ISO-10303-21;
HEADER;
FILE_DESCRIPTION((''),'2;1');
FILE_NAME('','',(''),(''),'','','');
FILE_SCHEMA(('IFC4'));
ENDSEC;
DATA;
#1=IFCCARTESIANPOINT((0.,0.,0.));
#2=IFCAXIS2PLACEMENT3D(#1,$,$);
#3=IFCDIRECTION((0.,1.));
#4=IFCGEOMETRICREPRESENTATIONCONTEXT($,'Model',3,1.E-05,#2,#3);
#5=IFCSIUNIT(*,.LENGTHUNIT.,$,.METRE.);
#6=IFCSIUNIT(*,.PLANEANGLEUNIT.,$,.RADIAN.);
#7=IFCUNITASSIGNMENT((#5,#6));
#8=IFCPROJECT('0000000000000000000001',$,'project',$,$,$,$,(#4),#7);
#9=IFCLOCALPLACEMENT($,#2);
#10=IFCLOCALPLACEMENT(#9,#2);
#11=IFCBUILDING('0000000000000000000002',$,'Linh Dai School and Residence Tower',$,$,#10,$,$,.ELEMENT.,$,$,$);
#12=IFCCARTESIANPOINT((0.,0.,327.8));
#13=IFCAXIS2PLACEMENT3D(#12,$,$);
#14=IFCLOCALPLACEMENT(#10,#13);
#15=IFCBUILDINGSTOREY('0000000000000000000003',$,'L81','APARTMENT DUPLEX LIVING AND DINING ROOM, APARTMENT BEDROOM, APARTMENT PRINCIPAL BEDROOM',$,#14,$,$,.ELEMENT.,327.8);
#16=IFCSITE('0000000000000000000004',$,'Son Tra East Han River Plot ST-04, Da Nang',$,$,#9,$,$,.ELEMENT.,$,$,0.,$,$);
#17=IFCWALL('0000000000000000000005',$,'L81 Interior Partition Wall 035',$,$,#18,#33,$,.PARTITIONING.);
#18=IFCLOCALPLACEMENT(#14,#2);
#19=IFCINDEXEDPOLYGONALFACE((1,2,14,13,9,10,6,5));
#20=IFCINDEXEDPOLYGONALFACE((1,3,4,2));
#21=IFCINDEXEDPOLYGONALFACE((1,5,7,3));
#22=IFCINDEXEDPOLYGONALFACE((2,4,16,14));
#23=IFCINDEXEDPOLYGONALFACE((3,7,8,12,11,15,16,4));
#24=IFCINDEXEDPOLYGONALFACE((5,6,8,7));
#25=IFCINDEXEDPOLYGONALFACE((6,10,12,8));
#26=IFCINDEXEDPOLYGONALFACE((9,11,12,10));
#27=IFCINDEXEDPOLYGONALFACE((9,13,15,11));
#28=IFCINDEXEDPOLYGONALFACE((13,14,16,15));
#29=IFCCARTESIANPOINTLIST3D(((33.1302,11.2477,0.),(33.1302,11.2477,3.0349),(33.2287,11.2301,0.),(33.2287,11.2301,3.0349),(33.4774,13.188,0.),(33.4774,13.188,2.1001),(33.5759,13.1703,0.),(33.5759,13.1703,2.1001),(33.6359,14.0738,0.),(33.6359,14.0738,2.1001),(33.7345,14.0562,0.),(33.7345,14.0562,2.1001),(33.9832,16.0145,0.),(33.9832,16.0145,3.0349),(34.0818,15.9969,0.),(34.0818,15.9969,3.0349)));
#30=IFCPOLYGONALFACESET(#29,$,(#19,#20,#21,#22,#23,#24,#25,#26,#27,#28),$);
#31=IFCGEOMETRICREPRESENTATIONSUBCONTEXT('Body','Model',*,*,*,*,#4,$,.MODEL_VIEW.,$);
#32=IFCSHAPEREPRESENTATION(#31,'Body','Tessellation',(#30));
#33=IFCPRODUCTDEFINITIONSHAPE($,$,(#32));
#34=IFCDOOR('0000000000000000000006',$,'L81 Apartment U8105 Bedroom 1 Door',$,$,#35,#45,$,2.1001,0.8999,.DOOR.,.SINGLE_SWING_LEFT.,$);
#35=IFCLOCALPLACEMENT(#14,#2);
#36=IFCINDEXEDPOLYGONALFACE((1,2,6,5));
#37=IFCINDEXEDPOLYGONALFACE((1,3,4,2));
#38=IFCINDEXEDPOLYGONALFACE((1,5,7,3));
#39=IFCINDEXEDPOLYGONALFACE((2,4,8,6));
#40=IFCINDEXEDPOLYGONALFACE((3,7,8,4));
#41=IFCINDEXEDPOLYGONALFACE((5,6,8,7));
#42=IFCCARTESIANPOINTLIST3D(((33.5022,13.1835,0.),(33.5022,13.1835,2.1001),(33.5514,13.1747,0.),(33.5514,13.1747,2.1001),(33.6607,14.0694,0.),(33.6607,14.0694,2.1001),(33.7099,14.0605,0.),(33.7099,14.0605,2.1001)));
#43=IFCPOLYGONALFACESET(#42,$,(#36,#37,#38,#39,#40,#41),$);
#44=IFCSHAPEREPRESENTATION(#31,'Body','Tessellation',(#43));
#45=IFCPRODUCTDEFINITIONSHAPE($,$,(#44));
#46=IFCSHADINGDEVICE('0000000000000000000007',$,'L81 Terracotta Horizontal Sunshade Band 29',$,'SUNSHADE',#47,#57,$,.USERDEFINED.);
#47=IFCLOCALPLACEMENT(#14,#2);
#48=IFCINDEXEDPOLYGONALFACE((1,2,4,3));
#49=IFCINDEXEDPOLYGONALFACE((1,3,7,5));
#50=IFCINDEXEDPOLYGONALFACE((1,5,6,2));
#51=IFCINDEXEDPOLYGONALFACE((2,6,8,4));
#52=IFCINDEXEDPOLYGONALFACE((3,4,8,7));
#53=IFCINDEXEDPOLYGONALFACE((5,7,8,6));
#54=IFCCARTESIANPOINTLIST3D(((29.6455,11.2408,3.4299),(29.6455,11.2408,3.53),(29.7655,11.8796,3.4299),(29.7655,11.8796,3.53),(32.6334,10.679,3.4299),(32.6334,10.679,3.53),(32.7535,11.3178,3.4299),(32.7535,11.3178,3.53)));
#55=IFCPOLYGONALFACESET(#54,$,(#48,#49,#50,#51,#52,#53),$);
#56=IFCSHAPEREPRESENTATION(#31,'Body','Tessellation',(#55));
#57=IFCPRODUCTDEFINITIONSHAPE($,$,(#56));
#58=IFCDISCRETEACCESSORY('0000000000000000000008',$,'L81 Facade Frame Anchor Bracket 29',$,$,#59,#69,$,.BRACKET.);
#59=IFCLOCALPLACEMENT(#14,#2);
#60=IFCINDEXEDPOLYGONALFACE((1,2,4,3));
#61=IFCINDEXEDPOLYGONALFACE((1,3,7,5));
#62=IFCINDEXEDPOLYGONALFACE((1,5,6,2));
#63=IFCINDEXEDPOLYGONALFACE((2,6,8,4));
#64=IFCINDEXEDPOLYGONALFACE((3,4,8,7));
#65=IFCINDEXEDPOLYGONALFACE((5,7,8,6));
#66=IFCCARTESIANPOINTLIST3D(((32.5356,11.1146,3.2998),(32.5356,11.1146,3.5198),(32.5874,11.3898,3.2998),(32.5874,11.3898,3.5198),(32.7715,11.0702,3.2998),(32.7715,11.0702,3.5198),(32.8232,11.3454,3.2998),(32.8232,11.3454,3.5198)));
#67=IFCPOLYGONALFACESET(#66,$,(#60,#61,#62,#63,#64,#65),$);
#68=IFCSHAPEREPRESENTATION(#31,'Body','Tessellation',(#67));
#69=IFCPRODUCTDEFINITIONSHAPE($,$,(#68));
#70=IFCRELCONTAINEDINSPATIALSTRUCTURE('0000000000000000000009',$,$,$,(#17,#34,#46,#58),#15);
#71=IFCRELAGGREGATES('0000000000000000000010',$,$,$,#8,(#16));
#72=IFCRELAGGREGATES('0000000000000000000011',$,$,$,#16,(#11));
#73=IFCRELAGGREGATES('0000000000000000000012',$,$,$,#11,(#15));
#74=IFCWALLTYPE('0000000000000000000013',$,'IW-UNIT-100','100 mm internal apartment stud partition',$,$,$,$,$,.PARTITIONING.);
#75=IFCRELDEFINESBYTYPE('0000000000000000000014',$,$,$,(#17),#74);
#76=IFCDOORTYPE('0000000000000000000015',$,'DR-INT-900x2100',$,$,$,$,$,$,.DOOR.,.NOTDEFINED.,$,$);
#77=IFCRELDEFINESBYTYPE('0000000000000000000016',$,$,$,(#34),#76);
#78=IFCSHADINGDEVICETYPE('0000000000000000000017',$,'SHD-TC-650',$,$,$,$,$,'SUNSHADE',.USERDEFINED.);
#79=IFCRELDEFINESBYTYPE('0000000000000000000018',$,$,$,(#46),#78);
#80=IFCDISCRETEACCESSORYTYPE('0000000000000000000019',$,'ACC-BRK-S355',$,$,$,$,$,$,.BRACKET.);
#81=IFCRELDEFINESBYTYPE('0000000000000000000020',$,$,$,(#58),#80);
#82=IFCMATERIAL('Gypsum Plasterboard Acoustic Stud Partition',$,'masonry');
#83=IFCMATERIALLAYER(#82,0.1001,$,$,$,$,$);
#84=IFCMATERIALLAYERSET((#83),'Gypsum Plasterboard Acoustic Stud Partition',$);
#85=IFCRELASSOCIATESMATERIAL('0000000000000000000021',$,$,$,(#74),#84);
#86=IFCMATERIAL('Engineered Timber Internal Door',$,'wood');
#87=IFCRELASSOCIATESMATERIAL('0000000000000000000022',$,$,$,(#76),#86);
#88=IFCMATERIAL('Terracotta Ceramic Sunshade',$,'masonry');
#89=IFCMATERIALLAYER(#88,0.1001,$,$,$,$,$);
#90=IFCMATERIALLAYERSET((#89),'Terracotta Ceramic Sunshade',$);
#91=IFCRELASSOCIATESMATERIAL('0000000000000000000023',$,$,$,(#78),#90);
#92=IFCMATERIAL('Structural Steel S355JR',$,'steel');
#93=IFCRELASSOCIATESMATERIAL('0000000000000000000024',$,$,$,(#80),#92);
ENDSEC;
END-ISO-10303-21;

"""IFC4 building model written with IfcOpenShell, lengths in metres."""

from ifc_helpers import new_model, si_unit, direction, frame, frame_2d, origin, origin_2d, place, context, subcontext, project, spatial, rectangle, extrude, source, transform, mapped, material, layer, layer_set, type_object, element, fill, save


model = new_model("IFC4")

# Units and contexts
model_context = context("Model", 3, precision=1e-05, world=origin(), true_north=direction((0.0, 1.0)))
body_context = subcontext(model_context, "Body", "Model", "MODEL_VIEW")
ifc_project = project(units=[si_unit("LENGTHUNIT", "METRE"), si_unit("PLANEANGLEUNIT", "RADIAN")], contexts=[model_context])

# Site, building, storey
site_placement = place(None, origin())
site = spatial("IfcSite", under=ifc_project, at=site_placement, Name="Son Tra East Han River Plot ST-04, Da Nang", CompositionType="ELEMENT", RefElevation=0.0)
building_placement = place(site_placement, origin())
building = spatial("IfcBuilding", under=site, at=building_placement, Name="Linh Dai School and Residence Tower", CompositionType="ELEMENT")
storey_placement = place(building_placement, frame((0.0, 0.0, 327.8)))
storey = spatial("IfcBuildingStorey", under=building, at=storey_placement, Name="L81", Description="APARTMENT DUPLEX LIVING AND DINING ROOM, APARTMENT BEDROOM, APARTMENT PRINCIPAL BEDROOM", CompositionType="ELEMENT", Elevation=327.8)

# Shared definitions
ifc_material_1 = material(Name="Structural Steel S355JR", Category="steel")

# Shared definitions
ifc_material_2 = material(Name="Gypsum Plasterboard Acoustic Stud Partition", Category="masonry")
ifc_layer_1 = layer(ifc_material_2, 0.1001)
ifc_layer_set_1 = layer_set([ifc_layer_1], Name="Gypsum Plasterboard Acoustic Stud Partition")
wall_type_1 = type_object("IfcWallType", Name="IW-UNIT-100", Description="100 mm internal apartment stud partition", PredefinedType="PARTITIONING", material=ifc_layer_set_1)

# Wall, opening, door
wall_1_placement = place(storey_placement, frame((33.1794, 11.2388, 0.0), z_axis=(0.0, 0.0, 1.0), x_axis=(0.176152, 0.984363, 0.0)))
wall_1 = element("IfcWall", 1, at=wall_1_placement, inside=storey, type_object=wall_type_1, Name="L81 Interior Partition Wall 035", PredefinedType="PARTITIONING", context=body_context, shape_type="SweptSolid", body=[
    extrude(rectangle(XDim=4.8425, YDim=0.1001, at=frame_2d((2.4214, 0.0))), origin(), (0.0, 0.0, 1.0), 3.0349),
])
opening_1_placement = place(wall_1_placement, frame((1.9712, 0.0, 0.0)))
opening_1 = element("IfcOpeningElement", 2, at=opening_1_placement, cuts=wall_1, PredefinedType="OPENING", context=body_context, shape_type="SweptSolid", body=[
    extrude(rectangle(XDim=0.8999, YDim=2.1001, at=origin_2d()), frame((0.45, 0.0601, 1.05), z_axis=(0.0, -1.0, 0.0), x_axis=(1.0, 0.0, 0.0)), (0.0, 0.0, 1.0), 0.1201),
])
ifc_material_3 = material(Name="Engineered Timber Internal Door", Category="wood")
door_type = type_object("IfcDoorType", Name="DR-INT-900x2100", OperationType="NOTDEFINED", PredefinedType="DOOR", material=ifc_material_3)
shared_shape_1 = source(origin(), body_context, "Body", "SweptSolid", [
    extrude(rectangle(XDim=0.8999, YDim=2.1001, at=origin_2d()), frame((0.45, 0.0249, 1.05), z_axis=(0.0, -1.0, 0.0), x_axis=(1.0, 0.0, 0.0)), (0.0, 0.0, 1.0), 0.05),
])
door_placement = place(opening_1_placement, origin())
door = element("IfcDoor", 3, at=door_placement, inside=storey, type_object=door_type, Name="L81 Apartment U8105 Bedroom 1 Door", OperationType="SINGLE_SWING_LEFT", OverallHeight=2.1001, OverallWidth=0.8999, PredefinedType="DOOR", context=body_context, shape_type="MappedRepresentation", body=[
    mapped(shared_shape_1, transform((0.0, 0.0, 0.0), x_axis=(1.0, 0.0, 0.0), y_axis=(0.0, 1.0, 0.0), z_axis=(0.0, 0.0, 1.0), scale=1.0)),
])
fill(opening_1, door)

# Shading device
ifc_material_4 = material(Name="Terracotta Ceramic Sunshade", Category="masonry")
ifc_layer_2 = layer(ifc_material_4, 0.1001)
ifc_layer_set_2 = layer_set([ifc_layer_2], Name="Terracotta Ceramic Sunshade")
shading_device_type = type_object("IfcShadingDeviceType", Name="SHD-TC-650", ElementType="SUNSHADE", PredefinedType="USERDEFINED", material=ifc_layer_set_2)
shared_shape_2 = source(origin(), body_context, "Body", "SweptSolid", [
    extrude(rectangle(XDim=3.0403, YDim=0.6499, at=origin_2d()), origin(), (0.0, 0.0, 1.0), 0.1001),
])
shading_device_placement = place(storey_placement, frame((31.1995, 11.2793, 3.4299), z_axis=(0.0, 0.0, 1.0), x_axis=(-0.982779, 0.184785, 0.0)))
element("IfcShadingDevice", 4, at=shading_device_placement, inside=storey, type_object=shading_device_type, Name="L81 Terracotta Horizontal Sunshade Band 29", ObjectType="SUNSHADE", PredefinedType="USERDEFINED", context=body_context, shape_type="MappedRepresentation", body=[
    mapped(shared_shape_2, transform((0.0, 0.0, 0.0), x_axis=(1.0, 0.0, 0.0), y_axis=(0.0, 1.0, 0.0), z_axis=(0.0, 0.0, 1.0), scale=1.0)),
])

# Discrete accessory
discrete_accessory_type = type_object("IfcDiscreteAccessoryType", Name="ACC-BRK-S355", PredefinedType="BRACKET", material=ifc_material_1)
shared_shape_3 = source(origin(), body_context, "Body", "SweptSolid", [
    extrude(rectangle(XDim=0.28, YDim=0.24, at=origin_2d()), origin(), (0.0, 0.0, 1.0), 0.22),
])
discrete_accessory_placement = place(storey_placement, frame((32.6794, 11.23, 3.2998), z_axis=(0.0, 0.0, 1.0), x_axis=(-0.184785, -0.982779, 0.0)))
element("IfcDiscreteAccessory", 5, at=discrete_accessory_placement, inside=storey, type_object=discrete_accessory_type, Name="L81 Facade Frame Anchor Bracket 29", PredefinedType="BRACKET", context=body_context, shape_type="MappedRepresentation", body=[
    mapped(shared_shape_3, transform((0.0, 0.0, 0.0), x_axis=(1.0, 0.0, 0.0), y_axis=(0.0, 1.0, 0.0), z_axis=(0.0, 0.0, 1.0), scale=1.0)),
])

save(model, "model.ifc")
